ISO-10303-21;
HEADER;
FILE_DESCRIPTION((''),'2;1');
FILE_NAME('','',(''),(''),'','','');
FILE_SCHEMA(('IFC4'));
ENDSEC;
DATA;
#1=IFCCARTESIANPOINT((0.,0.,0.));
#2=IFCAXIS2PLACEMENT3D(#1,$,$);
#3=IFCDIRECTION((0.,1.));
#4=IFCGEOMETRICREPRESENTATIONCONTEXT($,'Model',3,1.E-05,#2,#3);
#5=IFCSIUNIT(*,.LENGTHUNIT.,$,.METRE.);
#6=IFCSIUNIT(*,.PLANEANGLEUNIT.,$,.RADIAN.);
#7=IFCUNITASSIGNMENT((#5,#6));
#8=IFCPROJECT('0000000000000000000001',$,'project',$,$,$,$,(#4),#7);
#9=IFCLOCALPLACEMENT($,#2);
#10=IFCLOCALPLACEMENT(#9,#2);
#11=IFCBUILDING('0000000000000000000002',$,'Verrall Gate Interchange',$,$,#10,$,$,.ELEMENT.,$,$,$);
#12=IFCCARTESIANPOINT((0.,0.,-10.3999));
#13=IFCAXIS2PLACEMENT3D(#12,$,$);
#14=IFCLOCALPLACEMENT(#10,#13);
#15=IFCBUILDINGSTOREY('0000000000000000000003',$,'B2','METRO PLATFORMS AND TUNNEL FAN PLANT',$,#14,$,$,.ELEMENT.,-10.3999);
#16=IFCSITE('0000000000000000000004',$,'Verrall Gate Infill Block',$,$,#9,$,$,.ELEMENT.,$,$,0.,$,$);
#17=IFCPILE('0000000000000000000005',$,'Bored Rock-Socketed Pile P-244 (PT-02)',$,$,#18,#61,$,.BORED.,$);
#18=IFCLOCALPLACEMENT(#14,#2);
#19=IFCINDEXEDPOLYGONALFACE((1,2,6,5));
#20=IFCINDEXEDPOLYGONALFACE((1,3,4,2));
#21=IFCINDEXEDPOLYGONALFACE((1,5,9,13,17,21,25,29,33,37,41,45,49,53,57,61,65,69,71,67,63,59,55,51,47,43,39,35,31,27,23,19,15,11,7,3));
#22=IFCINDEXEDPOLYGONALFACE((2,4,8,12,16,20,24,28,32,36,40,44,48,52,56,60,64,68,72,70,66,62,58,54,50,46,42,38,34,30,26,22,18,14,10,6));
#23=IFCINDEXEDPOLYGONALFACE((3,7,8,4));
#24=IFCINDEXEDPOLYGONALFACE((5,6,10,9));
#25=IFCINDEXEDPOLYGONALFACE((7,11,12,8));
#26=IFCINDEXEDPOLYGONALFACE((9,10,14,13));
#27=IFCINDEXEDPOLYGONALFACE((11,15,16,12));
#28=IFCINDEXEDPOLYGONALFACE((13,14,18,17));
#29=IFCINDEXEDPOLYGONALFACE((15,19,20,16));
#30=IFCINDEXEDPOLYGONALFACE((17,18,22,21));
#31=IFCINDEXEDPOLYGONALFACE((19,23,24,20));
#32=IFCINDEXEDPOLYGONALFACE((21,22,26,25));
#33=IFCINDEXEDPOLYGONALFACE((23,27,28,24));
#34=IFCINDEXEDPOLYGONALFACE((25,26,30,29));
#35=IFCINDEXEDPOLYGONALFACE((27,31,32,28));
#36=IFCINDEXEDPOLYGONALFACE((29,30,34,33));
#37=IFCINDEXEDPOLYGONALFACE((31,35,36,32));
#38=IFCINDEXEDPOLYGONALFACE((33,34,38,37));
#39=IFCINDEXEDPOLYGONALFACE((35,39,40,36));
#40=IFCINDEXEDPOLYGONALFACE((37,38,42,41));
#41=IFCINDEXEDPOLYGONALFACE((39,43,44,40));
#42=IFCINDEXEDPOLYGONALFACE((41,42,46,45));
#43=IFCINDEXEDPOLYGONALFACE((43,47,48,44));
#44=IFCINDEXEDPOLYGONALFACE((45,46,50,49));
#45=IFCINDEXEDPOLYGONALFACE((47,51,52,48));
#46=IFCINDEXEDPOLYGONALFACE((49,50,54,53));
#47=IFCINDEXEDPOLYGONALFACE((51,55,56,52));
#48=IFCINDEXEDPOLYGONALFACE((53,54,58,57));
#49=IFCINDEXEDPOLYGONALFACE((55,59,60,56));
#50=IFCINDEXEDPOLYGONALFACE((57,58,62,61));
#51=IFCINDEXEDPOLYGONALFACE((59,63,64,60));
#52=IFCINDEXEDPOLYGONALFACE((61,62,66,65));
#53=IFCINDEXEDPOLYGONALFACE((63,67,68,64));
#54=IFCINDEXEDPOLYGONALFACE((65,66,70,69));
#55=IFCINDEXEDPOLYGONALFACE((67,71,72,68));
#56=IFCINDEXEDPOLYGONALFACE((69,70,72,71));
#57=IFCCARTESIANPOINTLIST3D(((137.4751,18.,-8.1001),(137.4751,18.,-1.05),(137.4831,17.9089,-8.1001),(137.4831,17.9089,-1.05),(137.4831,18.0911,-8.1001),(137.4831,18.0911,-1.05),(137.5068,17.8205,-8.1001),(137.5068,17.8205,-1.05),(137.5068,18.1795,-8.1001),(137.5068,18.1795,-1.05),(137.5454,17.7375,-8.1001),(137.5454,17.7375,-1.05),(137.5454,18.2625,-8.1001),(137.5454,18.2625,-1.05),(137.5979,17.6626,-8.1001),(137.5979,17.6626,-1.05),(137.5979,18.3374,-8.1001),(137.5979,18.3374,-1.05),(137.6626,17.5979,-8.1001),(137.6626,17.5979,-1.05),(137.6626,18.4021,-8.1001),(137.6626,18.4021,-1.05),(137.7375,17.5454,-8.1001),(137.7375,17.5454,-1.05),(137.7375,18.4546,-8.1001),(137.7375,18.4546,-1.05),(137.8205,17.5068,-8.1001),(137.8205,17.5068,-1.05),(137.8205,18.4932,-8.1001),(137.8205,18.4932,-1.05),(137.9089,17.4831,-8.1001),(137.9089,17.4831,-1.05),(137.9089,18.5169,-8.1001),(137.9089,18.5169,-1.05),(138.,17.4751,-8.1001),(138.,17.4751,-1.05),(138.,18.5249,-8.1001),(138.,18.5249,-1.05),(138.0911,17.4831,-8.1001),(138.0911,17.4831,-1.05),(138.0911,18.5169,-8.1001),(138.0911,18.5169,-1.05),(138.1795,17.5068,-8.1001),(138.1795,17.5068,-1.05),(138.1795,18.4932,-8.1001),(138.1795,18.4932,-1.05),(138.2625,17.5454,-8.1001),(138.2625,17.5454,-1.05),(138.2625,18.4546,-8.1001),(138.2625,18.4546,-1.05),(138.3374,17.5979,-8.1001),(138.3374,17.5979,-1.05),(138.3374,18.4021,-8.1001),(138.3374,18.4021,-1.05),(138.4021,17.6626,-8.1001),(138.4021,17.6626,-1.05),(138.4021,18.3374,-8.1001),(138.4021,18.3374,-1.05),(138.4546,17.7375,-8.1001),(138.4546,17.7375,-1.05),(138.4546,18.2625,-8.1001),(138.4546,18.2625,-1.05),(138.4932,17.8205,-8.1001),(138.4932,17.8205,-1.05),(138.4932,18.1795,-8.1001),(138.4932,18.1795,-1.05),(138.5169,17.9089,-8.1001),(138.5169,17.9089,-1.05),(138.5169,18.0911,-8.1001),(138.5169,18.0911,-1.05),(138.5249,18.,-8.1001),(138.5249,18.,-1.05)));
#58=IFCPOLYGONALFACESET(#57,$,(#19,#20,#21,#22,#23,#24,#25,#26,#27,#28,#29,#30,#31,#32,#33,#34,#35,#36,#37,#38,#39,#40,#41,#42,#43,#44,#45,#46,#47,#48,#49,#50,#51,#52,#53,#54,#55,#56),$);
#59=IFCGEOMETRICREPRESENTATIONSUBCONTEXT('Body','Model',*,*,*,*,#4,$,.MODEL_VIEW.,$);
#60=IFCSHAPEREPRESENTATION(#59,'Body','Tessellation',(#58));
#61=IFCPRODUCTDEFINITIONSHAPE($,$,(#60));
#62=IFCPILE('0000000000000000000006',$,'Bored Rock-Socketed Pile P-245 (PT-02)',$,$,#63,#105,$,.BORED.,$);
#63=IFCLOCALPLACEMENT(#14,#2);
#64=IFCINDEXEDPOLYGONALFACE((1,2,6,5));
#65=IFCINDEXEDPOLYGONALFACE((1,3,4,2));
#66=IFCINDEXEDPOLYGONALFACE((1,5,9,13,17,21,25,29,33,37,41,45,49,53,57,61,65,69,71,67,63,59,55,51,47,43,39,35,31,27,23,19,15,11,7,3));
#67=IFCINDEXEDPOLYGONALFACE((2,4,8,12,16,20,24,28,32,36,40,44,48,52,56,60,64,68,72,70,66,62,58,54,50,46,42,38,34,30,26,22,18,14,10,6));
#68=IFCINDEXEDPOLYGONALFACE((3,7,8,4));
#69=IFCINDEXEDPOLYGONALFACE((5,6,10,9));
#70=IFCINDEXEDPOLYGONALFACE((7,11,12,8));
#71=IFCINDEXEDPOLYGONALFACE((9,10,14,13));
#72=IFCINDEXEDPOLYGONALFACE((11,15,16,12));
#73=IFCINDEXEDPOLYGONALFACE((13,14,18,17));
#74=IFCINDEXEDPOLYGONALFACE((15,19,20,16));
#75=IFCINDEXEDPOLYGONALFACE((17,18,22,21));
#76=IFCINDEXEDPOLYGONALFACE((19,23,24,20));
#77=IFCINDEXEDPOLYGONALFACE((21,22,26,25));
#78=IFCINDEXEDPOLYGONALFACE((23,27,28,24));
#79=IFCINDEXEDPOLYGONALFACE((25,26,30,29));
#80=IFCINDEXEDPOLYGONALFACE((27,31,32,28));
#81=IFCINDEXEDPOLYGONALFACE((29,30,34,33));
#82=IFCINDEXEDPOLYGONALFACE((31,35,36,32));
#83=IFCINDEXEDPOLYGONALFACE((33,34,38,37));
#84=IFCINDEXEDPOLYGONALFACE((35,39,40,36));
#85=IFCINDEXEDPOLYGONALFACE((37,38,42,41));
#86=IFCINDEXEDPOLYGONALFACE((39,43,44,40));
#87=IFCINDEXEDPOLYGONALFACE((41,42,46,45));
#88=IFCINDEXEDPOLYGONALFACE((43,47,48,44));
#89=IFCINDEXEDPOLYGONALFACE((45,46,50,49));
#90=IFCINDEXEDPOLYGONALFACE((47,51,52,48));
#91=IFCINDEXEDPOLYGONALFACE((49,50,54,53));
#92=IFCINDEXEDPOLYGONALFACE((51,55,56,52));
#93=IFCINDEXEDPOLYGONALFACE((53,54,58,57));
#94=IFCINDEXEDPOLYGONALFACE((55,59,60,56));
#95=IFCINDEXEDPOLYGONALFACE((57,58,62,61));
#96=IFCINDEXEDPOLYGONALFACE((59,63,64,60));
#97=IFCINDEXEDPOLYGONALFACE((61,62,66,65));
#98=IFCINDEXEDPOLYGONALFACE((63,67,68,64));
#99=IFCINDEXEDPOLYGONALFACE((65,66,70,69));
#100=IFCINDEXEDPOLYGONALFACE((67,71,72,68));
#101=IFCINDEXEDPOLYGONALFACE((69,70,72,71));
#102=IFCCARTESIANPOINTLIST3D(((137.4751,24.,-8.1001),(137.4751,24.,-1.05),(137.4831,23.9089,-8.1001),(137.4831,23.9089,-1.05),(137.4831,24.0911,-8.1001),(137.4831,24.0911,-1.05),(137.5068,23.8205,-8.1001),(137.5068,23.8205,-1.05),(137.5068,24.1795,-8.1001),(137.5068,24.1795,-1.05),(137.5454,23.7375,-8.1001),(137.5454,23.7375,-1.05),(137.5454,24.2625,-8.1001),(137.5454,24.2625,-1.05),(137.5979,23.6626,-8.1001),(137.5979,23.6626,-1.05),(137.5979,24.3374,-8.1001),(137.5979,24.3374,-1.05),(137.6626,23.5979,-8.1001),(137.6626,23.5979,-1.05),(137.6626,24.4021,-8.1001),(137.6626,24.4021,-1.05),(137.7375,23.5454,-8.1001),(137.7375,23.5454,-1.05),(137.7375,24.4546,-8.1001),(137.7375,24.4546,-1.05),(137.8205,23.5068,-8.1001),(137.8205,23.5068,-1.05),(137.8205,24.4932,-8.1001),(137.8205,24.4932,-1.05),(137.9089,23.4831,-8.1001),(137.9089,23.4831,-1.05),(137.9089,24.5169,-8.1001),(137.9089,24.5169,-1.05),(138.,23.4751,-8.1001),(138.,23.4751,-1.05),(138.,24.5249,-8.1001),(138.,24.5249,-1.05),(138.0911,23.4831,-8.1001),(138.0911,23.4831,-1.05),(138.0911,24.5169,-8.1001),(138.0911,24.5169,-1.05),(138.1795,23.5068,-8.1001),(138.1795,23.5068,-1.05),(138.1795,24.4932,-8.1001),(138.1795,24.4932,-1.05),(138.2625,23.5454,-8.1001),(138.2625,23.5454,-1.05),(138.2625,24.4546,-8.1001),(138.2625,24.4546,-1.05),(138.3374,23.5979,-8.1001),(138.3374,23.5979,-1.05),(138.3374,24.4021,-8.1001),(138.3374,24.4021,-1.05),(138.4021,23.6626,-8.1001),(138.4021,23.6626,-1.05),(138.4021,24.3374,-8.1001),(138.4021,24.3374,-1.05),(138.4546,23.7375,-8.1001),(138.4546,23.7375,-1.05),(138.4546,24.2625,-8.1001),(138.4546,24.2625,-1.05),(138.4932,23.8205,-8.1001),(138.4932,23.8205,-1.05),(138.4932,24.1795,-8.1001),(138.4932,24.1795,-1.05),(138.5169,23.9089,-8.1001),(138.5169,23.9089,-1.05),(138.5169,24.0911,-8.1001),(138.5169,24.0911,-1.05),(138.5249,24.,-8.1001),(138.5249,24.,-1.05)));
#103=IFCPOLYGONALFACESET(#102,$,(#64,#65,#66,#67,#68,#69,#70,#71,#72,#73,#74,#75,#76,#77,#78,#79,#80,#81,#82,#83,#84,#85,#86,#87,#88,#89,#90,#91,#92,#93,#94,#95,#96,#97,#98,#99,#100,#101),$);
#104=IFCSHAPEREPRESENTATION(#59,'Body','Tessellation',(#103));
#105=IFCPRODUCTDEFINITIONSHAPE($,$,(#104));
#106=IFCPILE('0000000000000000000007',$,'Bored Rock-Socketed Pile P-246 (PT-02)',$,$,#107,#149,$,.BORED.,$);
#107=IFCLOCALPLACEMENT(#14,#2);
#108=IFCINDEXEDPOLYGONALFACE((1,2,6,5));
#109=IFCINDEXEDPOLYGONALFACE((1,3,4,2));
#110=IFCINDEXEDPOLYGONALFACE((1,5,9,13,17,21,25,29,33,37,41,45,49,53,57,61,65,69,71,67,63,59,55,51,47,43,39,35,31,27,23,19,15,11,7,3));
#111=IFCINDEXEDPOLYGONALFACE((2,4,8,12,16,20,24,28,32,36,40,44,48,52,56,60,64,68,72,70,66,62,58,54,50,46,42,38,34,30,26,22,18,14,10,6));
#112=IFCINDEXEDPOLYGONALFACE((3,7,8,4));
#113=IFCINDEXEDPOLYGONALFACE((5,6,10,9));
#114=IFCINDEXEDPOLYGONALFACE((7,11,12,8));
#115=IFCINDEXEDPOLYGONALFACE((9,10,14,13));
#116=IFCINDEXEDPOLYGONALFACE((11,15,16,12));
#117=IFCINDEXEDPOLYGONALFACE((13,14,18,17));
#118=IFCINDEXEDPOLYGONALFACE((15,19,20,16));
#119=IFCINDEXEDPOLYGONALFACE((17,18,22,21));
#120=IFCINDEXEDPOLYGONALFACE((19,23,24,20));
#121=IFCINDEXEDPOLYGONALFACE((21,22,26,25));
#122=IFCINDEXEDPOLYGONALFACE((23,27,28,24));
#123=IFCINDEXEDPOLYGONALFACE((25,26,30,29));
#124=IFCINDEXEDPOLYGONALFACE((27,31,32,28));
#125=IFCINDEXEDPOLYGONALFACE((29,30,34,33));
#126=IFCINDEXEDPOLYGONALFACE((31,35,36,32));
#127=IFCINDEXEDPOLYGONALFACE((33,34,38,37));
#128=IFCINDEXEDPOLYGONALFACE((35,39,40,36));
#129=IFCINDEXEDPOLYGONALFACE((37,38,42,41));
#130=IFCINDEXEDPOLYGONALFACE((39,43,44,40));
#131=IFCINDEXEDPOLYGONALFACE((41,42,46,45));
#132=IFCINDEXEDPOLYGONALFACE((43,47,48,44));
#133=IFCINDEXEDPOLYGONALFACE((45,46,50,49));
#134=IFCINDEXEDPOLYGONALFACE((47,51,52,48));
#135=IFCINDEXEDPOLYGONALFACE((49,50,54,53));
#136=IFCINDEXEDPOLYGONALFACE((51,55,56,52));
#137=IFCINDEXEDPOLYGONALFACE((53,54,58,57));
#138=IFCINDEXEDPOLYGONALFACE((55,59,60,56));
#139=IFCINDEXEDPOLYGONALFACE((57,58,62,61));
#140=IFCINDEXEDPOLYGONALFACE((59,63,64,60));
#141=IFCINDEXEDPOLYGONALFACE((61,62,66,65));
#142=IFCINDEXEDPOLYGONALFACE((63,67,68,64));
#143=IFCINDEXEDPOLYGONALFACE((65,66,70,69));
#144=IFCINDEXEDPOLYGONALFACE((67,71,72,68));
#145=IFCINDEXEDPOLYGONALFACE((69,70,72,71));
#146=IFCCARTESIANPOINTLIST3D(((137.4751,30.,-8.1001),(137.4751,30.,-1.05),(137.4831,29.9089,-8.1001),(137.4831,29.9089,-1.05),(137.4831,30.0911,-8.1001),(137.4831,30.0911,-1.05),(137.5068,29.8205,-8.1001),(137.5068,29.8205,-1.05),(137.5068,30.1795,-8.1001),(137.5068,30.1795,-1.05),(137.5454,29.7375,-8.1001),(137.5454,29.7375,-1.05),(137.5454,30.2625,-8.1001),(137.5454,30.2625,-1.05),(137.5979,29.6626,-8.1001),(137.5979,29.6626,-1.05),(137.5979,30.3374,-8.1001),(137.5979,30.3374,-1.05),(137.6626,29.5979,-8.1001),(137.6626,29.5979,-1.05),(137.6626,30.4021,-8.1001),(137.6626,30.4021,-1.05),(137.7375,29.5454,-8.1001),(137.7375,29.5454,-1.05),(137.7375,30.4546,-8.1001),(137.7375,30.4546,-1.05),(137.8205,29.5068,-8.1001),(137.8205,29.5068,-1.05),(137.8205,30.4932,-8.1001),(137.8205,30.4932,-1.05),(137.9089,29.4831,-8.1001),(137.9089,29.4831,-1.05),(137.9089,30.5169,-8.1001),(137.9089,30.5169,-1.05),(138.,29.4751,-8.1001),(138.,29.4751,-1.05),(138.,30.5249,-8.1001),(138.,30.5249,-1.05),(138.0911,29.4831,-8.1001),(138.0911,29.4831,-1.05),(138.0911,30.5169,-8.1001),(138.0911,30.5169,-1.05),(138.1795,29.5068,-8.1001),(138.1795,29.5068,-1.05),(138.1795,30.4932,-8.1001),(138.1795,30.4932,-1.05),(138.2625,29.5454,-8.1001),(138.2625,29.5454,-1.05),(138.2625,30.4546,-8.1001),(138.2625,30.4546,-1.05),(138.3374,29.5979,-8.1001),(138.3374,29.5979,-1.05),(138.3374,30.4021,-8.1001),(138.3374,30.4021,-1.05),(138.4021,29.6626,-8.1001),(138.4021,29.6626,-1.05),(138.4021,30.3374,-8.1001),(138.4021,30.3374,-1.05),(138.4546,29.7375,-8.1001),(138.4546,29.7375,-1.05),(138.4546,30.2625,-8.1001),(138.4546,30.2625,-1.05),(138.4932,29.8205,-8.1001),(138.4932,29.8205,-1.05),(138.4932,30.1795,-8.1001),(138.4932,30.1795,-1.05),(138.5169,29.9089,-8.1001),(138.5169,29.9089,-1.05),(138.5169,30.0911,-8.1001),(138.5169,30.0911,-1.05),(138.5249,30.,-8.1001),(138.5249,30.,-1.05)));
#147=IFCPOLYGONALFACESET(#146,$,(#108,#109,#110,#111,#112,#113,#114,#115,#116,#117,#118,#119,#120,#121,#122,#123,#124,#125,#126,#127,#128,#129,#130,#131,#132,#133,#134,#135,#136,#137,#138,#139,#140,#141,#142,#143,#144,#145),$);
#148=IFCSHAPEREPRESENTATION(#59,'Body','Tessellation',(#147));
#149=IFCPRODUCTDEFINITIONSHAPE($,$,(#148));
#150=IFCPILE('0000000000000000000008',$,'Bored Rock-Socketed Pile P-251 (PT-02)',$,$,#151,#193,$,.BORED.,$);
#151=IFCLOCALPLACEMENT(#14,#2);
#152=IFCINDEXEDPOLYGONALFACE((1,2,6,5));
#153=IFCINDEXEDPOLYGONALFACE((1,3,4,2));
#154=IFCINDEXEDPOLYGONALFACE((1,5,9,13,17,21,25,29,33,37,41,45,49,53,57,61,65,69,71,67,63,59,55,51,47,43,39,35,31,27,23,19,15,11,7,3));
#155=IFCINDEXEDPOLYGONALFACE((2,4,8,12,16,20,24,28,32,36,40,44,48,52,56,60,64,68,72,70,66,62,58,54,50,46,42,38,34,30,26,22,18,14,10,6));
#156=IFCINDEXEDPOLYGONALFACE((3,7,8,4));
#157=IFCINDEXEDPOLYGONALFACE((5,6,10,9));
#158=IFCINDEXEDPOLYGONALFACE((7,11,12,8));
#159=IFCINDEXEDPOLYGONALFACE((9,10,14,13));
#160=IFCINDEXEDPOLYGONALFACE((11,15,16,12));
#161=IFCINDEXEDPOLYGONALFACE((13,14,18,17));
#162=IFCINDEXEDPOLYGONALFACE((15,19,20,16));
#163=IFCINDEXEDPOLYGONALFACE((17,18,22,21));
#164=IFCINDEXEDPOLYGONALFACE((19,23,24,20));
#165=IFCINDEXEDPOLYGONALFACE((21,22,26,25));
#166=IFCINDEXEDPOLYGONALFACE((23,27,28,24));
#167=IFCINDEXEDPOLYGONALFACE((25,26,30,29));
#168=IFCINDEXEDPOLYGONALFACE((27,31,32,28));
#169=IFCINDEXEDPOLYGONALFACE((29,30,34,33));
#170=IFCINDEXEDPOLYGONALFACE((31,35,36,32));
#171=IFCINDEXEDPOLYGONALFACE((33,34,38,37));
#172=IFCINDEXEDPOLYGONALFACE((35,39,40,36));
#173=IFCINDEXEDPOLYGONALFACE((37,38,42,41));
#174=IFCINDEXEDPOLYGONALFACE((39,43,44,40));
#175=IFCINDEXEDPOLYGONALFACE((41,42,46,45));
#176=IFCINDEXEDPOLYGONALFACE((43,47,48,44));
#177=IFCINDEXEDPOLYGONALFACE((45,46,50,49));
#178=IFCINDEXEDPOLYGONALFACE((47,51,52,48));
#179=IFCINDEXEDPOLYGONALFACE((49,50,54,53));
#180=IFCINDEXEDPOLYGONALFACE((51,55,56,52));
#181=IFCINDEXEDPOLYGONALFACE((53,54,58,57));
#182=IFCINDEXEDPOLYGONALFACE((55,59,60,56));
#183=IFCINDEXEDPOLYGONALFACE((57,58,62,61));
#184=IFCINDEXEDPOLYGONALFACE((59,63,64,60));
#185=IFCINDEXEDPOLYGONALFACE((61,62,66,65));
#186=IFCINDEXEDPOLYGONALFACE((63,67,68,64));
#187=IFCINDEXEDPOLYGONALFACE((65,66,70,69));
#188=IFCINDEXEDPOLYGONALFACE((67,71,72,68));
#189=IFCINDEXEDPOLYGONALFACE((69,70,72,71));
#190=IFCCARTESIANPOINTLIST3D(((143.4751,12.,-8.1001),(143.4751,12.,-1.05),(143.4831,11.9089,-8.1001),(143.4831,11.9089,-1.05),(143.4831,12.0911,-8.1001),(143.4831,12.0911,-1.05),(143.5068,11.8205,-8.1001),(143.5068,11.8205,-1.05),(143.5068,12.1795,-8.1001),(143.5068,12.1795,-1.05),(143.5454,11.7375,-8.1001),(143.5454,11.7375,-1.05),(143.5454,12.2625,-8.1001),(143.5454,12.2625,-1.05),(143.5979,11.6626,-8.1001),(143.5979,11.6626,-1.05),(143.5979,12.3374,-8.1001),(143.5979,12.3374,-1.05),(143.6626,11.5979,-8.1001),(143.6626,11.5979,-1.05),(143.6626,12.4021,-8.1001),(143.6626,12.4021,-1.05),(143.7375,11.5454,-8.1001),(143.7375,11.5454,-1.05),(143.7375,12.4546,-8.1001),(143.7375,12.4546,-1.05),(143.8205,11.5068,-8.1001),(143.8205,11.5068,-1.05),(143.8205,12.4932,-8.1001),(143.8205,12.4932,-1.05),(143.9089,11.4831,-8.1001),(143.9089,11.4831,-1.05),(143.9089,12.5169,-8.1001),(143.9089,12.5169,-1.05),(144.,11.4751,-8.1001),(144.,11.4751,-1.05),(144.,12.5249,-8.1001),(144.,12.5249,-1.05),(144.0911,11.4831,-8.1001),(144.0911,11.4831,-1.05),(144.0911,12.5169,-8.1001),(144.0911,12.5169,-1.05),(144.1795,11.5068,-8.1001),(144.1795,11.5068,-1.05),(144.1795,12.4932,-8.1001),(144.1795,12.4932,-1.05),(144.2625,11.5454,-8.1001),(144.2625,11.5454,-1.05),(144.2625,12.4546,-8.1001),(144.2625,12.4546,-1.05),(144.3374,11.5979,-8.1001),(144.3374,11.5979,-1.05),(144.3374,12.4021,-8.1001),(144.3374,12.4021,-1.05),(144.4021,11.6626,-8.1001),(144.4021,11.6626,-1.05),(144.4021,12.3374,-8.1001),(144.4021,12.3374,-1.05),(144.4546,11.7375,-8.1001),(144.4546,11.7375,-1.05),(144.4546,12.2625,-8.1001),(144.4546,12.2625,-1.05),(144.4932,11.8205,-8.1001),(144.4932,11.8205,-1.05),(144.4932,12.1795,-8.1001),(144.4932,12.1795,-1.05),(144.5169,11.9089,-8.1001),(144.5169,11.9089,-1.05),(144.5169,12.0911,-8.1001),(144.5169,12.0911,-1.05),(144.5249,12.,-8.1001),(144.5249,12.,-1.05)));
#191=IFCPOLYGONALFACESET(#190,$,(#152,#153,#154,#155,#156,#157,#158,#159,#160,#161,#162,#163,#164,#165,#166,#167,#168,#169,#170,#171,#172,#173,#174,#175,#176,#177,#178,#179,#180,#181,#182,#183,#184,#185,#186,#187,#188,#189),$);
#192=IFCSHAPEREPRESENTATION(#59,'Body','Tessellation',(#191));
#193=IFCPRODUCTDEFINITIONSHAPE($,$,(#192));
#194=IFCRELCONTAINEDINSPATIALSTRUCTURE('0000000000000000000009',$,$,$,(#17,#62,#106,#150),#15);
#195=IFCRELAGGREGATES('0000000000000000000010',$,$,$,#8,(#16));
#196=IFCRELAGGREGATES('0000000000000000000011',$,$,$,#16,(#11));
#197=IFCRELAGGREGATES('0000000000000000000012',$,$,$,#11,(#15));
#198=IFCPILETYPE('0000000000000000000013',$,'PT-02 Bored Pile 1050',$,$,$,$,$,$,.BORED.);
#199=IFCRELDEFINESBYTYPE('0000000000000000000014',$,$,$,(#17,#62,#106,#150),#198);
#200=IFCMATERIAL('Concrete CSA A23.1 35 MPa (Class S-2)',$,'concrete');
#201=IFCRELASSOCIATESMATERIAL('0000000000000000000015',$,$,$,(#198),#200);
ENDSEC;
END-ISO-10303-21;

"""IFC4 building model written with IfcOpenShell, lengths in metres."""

from ifc_helpers import new_model, si_unit, direction, frame, origin, origin_2d, place, context, subcontext, project, spatial, circle, extrude, material, material_profile, profile_set, type_object, element, save


model = new_model("IFC4")

# Units and contexts
model_context = context("Model", 3, precision=1e-05, world=origin(), true_north=direction((0.0, 1.0)))
body_context = subcontext(model_context, "Body", "Model", "MODEL_VIEW")
ifc_project = project(units=[si_unit("LENGTHUNIT", "METRE"), si_unit("PLANEANGLEUNIT", "RADIAN")], contexts=[model_context])

# Site, building, storey
site_placement = place(None, origin())
site = spatial("IfcSite", under=ifc_project, at=site_placement, Name="Verrall Gate Infill Block", CompositionType="ELEMENT", RefElevation=0.0)
building_placement = place(site_placement, origin())
building = spatial("IfcBuilding", under=site, at=building_placement, Name="Verrall Gate Interchange", CompositionType="ELEMENT")
storey_placement = place(building_placement, frame((0.0, 0.0, -10.3999)))
storey = spatial("IfcBuildingStorey", under=building, at=storey_placement, Name="B2", Description="METRO PLATFORMS AND TUNNEL FAN PLANT", CompositionType="ELEMENT", Elevation=-10.3999)

# Piles
ifc_material_1 = material(Name="Concrete CSA A23.1 35 MPa (Class S-2)", Category="concrete")
ifc_material_profile_1 = material_profile(ifc_material_1, circle(Radius=0.5249, at=origin_2d()), Name="PILE1050D")
ifc_profile_set_1 = profile_set([ifc_material_profile_1], Name="Concrete CSA A23.1 35 MPa (Class S-2)")
pile_type = type_object("IfcPileType", Name="PT-02 Bored Pile 1050", PredefinedType="BORED", material=ifc_profile_set_1)
for number, where, z_axis, x_axis, name in (
    (1, (138.0, 18.0, -1.05), (0.0, 0.0, -1.0), (1.0, 0.0, 0.0), "Bored Rock-Socketed Pile P-244 (PT-02)"),
    (2, (138.0, 24.0, -1.05), (0.0, 0.0, -1.0), (1.0, 0.0, 0.0), "Bored Rock-Socketed Pile P-245 (PT-02)"),
    (3, (138.0, 30.0, -1.05), (0.0, 0.0, -1.0), (1.0, 0.0, 0.0), "Bored Rock-Socketed Pile P-246 (PT-02)"),
    (4, (144.0, 12.0, -1.05), (0.0, 0.0, -1.0), (1.0, 0.0, 0.0), "Bored Rock-Socketed Pile P-251 (PT-02)"),
):
    element("IfcPile", number, at=place(storey_placement, frame(where, z_axis=z_axis, x_axis=x_axis)), inside=storey, type_object=pile_type, Name=name, PredefinedType="BORED", context=body_context, shape_type="SweptSolid", body=[
        extrude(circle(Radius=0.5249, at=origin_2d()), origin(), (0.0, 0.0, 1.0), 7.05),
    ])

save(model, "model.ifc")
